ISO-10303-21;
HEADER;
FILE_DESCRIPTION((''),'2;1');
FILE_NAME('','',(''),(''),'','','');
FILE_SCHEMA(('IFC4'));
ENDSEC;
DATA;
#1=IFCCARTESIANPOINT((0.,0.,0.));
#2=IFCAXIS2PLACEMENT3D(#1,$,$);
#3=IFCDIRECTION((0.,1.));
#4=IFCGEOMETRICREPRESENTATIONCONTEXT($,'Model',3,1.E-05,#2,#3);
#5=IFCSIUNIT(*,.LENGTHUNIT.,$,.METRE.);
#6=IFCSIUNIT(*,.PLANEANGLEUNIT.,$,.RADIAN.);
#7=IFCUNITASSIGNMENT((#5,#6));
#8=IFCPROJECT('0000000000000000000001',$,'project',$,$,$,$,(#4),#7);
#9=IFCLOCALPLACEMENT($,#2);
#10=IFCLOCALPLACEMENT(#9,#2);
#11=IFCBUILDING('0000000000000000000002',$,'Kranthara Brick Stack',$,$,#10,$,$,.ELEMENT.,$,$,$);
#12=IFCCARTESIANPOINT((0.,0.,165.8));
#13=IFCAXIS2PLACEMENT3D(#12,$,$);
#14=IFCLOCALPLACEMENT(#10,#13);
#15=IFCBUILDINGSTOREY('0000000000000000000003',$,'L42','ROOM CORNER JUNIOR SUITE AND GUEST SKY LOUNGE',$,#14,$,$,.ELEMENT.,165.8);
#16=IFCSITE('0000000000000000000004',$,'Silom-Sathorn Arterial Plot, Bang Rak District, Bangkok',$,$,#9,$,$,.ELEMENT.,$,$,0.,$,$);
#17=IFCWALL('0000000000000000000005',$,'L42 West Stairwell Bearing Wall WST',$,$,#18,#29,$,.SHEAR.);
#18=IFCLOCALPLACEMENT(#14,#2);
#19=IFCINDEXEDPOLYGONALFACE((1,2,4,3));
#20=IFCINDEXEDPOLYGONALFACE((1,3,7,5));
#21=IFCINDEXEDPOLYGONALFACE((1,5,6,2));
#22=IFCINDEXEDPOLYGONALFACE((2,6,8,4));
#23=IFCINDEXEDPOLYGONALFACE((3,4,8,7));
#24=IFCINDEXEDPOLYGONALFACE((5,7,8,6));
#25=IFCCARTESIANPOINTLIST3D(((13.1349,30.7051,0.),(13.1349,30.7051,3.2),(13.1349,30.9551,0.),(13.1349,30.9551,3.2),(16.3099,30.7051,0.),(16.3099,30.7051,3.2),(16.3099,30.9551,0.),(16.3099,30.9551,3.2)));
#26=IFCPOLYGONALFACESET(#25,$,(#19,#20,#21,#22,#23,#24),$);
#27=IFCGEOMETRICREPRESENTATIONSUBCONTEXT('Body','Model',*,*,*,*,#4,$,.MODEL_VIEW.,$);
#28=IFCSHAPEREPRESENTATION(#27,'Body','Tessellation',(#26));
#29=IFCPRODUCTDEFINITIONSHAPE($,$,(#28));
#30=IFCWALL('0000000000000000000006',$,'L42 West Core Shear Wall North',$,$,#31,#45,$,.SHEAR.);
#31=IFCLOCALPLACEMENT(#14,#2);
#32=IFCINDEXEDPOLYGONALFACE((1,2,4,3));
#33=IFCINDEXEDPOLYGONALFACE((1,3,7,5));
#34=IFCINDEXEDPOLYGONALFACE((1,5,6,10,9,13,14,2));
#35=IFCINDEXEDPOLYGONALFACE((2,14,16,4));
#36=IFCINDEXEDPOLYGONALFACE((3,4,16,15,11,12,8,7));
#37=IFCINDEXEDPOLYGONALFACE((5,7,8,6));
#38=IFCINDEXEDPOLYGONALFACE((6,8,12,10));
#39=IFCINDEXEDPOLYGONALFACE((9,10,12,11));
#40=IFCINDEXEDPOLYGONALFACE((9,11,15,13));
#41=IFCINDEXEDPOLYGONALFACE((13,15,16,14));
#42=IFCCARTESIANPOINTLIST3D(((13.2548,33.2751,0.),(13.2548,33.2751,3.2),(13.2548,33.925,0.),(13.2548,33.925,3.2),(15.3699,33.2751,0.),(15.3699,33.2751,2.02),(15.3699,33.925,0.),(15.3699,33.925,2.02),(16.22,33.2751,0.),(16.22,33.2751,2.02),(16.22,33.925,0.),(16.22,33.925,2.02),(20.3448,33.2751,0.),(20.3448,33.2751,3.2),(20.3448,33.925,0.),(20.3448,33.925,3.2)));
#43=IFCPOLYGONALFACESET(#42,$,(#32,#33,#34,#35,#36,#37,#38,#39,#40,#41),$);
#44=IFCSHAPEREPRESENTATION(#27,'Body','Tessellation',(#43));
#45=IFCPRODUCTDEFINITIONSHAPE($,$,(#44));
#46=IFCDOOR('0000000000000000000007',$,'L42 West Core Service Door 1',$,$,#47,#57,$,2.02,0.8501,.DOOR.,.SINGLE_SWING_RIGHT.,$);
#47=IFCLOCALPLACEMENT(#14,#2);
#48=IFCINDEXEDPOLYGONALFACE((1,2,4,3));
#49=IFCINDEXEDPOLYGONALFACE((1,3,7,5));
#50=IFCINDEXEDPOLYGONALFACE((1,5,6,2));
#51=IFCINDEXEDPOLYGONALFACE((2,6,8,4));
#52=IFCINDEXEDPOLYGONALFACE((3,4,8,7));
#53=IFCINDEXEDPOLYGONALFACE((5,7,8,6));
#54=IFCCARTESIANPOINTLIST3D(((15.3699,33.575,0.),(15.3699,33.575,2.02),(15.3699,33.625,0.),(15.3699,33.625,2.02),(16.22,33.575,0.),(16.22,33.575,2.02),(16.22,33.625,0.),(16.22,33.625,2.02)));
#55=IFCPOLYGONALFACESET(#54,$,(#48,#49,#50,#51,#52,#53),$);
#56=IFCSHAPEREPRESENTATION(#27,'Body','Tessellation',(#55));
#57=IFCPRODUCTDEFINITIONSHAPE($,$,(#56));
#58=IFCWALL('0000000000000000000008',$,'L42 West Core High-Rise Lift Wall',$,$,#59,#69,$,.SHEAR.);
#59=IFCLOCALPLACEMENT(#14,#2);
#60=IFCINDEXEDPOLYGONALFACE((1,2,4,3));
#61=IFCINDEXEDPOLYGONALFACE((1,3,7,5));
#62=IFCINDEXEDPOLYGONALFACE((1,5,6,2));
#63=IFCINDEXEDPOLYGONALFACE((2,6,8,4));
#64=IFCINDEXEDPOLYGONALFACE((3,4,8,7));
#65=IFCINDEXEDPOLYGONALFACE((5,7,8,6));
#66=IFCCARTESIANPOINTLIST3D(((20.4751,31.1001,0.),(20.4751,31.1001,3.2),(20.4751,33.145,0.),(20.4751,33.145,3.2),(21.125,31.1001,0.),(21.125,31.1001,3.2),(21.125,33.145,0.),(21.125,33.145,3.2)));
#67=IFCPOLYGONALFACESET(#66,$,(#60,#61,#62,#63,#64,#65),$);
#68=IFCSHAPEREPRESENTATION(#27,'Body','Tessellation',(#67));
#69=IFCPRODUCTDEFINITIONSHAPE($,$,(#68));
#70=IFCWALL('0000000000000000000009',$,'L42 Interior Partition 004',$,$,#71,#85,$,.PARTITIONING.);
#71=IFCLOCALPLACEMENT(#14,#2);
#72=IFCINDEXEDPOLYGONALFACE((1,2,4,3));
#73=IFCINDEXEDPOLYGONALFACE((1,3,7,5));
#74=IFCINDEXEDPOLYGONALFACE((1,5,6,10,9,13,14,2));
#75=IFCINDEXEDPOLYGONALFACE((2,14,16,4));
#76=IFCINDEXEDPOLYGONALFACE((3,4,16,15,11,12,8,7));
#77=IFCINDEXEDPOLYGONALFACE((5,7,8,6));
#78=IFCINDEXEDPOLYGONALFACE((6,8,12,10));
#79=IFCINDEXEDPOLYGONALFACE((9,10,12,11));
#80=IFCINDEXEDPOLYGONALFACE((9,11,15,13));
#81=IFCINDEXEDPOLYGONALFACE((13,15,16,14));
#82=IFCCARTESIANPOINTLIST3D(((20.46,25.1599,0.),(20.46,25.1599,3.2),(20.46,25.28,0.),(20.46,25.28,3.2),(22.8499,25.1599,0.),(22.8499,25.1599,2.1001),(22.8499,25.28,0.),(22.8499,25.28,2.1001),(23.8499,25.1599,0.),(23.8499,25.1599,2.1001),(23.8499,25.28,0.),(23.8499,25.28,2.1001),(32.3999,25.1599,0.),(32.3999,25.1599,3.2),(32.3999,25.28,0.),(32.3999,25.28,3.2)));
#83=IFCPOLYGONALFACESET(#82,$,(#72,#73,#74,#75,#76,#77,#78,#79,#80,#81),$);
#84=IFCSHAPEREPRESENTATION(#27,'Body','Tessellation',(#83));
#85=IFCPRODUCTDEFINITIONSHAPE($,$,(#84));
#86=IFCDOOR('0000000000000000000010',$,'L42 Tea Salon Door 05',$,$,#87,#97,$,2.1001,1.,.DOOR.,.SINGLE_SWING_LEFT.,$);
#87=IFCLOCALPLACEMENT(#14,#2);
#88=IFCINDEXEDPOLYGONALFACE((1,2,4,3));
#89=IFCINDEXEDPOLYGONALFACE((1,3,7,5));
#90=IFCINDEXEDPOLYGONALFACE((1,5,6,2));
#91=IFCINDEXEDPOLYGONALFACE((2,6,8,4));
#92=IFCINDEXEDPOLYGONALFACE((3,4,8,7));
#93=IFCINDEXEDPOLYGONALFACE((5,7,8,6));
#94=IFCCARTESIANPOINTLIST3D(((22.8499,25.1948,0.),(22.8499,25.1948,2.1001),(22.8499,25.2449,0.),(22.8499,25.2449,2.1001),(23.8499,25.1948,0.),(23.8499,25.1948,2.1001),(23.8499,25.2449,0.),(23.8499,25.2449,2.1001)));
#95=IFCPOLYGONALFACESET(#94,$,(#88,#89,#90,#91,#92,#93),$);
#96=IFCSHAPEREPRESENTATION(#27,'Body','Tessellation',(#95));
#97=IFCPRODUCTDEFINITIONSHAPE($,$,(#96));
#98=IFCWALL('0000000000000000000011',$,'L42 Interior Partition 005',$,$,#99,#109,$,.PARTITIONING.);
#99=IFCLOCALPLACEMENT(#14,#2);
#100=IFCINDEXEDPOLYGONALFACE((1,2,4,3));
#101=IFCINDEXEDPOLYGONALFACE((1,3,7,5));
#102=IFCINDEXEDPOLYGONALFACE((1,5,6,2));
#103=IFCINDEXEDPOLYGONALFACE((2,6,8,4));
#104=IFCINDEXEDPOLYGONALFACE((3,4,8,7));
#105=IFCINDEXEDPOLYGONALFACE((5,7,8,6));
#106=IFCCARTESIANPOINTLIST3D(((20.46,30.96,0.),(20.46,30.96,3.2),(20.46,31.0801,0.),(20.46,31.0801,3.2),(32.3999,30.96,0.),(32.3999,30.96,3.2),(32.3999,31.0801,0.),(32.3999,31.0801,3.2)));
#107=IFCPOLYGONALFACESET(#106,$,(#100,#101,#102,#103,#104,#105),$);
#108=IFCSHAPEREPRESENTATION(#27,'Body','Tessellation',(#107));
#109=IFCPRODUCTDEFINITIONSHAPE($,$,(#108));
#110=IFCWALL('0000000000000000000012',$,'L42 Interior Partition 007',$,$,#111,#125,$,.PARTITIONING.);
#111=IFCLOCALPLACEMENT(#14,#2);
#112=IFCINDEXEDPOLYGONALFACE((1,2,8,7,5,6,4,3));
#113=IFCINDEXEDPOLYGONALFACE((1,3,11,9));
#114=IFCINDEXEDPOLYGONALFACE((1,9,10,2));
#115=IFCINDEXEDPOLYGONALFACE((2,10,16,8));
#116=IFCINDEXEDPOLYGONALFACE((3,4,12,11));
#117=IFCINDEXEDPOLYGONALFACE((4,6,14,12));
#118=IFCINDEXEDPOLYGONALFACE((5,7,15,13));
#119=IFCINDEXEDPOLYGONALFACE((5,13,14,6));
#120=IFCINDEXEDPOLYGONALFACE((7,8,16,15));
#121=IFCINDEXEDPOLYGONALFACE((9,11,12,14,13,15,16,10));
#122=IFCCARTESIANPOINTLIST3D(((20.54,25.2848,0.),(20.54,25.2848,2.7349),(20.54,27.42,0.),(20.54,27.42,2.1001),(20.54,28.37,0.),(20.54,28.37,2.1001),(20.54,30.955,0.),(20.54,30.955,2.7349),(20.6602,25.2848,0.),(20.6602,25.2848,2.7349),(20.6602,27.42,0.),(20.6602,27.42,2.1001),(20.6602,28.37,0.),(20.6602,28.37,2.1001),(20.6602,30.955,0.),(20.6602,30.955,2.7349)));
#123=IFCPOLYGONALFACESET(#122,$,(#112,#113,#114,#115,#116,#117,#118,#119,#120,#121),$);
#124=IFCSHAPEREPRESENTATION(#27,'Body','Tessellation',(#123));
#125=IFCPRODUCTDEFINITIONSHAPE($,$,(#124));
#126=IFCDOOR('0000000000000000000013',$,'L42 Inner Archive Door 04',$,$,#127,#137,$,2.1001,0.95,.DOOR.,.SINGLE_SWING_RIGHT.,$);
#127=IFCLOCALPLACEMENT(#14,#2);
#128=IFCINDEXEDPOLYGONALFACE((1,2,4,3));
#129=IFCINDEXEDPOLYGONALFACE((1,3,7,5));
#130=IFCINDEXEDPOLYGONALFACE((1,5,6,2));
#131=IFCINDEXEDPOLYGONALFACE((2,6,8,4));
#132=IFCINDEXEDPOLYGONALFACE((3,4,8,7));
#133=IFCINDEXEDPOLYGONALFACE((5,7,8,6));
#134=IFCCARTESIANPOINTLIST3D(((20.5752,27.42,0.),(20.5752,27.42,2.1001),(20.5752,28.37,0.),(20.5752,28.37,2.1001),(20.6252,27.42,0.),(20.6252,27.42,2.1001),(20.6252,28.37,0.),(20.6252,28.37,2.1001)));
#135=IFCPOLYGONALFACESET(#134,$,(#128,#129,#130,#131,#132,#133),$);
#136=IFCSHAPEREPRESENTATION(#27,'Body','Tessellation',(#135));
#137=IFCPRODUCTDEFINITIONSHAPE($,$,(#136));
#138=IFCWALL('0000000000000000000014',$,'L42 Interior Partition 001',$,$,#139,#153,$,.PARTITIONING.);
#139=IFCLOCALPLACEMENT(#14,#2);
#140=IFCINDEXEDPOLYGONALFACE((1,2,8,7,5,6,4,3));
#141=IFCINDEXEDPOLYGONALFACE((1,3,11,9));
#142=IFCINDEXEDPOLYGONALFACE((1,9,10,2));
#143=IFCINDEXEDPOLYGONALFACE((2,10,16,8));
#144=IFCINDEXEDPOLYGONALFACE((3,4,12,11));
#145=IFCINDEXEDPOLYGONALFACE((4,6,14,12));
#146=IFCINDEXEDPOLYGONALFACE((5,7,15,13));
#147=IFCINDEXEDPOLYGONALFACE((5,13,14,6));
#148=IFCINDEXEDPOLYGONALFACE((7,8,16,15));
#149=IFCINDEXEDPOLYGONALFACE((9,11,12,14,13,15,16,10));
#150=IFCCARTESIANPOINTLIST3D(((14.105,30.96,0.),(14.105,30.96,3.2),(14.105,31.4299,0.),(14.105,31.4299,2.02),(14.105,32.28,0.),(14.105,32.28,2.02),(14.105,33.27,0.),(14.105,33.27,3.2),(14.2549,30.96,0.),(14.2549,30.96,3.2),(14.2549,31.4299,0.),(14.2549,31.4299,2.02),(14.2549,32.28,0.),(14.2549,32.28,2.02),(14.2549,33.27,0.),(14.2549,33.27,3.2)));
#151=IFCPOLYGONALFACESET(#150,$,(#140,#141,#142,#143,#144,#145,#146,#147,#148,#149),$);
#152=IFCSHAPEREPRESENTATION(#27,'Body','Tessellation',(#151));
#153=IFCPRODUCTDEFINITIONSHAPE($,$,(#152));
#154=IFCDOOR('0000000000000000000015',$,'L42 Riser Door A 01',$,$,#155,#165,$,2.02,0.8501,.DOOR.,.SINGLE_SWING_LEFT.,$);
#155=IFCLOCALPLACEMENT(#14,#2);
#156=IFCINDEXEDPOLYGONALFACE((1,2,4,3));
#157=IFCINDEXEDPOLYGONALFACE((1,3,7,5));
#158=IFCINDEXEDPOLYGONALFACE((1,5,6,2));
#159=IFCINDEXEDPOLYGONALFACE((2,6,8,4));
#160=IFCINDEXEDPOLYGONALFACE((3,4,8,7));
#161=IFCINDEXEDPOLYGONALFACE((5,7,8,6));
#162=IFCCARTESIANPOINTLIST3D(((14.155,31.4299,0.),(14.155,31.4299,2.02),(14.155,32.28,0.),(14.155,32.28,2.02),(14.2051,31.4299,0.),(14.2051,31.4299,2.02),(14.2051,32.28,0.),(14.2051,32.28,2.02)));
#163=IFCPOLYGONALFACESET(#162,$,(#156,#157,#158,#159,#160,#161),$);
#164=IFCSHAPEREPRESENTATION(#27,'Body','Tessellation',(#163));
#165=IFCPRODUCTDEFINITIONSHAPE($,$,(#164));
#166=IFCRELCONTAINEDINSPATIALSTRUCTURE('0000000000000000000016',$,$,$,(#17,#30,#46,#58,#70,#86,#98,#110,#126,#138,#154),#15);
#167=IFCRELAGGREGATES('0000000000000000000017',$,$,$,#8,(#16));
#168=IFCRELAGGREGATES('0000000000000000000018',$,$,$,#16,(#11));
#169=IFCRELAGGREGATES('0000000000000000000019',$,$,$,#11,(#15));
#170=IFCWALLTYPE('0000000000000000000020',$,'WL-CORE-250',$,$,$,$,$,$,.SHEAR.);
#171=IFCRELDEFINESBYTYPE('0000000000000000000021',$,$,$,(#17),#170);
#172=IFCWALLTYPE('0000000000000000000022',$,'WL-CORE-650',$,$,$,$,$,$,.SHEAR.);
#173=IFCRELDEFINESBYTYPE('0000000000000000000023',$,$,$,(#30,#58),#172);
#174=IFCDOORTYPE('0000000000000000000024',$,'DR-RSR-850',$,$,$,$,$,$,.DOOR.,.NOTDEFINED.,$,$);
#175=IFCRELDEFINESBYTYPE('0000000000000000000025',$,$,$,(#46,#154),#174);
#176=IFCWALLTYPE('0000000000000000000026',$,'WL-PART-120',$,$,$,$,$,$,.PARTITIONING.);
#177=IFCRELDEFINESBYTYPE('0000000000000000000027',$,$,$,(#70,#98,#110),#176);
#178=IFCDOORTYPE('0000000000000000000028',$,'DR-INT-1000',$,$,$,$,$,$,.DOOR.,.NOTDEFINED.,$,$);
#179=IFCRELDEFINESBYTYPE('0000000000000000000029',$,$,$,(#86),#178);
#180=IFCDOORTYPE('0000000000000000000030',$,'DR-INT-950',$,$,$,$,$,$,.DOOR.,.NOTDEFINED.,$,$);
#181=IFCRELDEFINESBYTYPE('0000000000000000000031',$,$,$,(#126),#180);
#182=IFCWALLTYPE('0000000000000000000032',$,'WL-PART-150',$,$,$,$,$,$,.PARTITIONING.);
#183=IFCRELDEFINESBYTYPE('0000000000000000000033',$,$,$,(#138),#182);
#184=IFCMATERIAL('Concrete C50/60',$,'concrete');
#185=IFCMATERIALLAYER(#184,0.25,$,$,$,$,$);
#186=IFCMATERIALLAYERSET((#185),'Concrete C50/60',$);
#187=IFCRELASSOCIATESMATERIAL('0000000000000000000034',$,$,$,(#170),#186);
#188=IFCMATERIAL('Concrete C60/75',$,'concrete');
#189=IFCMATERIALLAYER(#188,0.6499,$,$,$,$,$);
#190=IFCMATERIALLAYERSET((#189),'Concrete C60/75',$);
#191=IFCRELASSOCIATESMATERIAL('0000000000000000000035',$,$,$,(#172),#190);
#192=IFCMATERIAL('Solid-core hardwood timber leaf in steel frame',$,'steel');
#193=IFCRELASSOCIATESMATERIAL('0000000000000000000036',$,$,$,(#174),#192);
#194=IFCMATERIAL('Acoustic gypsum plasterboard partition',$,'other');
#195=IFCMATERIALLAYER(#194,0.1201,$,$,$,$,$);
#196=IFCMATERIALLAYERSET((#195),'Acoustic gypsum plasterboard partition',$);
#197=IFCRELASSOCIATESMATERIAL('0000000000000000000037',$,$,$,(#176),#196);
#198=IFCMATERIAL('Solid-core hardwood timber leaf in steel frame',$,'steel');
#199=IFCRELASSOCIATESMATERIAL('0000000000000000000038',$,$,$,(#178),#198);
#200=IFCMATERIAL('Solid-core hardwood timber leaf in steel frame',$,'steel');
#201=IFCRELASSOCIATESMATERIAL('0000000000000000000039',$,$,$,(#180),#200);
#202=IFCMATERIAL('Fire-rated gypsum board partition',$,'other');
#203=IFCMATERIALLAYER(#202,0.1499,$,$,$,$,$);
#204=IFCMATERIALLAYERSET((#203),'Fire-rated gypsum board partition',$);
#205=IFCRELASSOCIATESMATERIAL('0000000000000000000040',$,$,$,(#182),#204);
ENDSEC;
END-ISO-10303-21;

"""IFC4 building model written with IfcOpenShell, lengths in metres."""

from ifc_helpers import new_model, si_unit, direction, frame, frame_2d, origin, place, context, subcontext, project, spatial, rectangle, extrude, material, layer, layer_set, type_object, element, fill, save


model = new_model("IFC4")

# Units and contexts
model_context = context("Model", 3, precision=1e-05, world=origin(), true_north=direction((0.0, 1.0)))
body_context = subcontext(model_context, "Body", "Model", "MODEL_VIEW")
ifc_project = project(units=[si_unit("LENGTHUNIT", "METRE"), si_unit("PLANEANGLEUNIT", "RADIAN")], contexts=[model_context])

# Site, building, storey
site_placement = place(None, origin())
site = spatial("IfcSite", under=ifc_project, at=site_placement, Name="Silom-Sathorn Arterial Plot, Bang Rak District, Bangkok", CompositionType="ELEMENT", RefElevation=0.0)
building_placement = place(site_placement, origin())
building = spatial("IfcBuilding", under=site, at=building_placement, Name="Kranthara Brick Stack", CompositionType="ELEMENT")
storey_placement = place(building_placement, frame((0.0, 0.0, 165.8)))
storey = spatial("IfcBuildingStorey", under=building, at=storey_placement, Name="L42", Description="ROOM CORNER JUNIOR SUITE AND GUEST SKY LOUNGE", CompositionType="ELEMENT", Elevation=165.8)

# Wall
ifc_material_1 = material(Name="Concrete C50/60", Category="concrete")
ifc_layer_1 = layer(ifc_material_1, 0.25)
ifc_layer_set_1 = layer_set([ifc_layer_1], Name="Concrete C50/60")
wall_type_1 = type_object("IfcWallType", Name="WL-CORE-250", PredefinedType="SHEAR", material=ifc_layer_set_1)
wall_1_placement = place(storey_placement, frame((13.135, 30.8301, 0.0), z_axis=(0.0, 0.0, 1.0), x_axis=(1.0, 0.0, 0.0)))
element("IfcWall", 1, at=wall_1_placement, inside=storey, type_object=wall_type_1, Name="L42 West Stairwell Bearing Wall WST", PredefinedType="SHEAR", context=body_context, shape_type="SweptSolid", body=[
    extrude(rectangle(XDim=3.175, YDim=0.25, at=frame_2d((1.5874, 0.0))), origin(), (0.0, 0.0, 1.0), 3.2),
])

# Wall, opening, door
ifc_material_2 = material(Name="Concrete C60/75", Category="concrete")
ifc_layer_2 = layer(ifc_material_2, 0.6499)
ifc_layer_set_2 = layer_set([ifc_layer_2], Name="Concrete C60/75")
wall_type_2 = type_object("IfcWallType", Name="WL-CORE-650", PredefinedType="SHEAR", material=ifc_layer_set_2)
wall_2_placement = place(storey_placement, frame((13.2549, 33.6001, 0.0), z_axis=(0.0, 0.0, 1.0), x_axis=(1.0, 0.0, 0.0)))
wall_2 = element("IfcWall", 2, at=wall_2_placement, inside=storey, type_object=wall_type_2, Name="L42 West Core Shear Wall North", PredefinedType="SHEAR", context=body_context, shape_type="SweptSolid", body=[
    extrude(rectangle(XDim=7.0901, YDim=0.6499, at=frame_2d((3.5449, 0.0))), origin(), (0.0, 0.0, 1.0), 3.2),
])
opening_1_placement = place(wall_2_placement, frame((2.115, 0.0, 0.0)))
opening_1 = element("IfcOpeningElement", 3, at=opening_1_placement, cuts=wall_2, PredefinedType="OPENING", context=body_context, shape_type="SweptSolid", body=[
    extrude(rectangle(XDim=0.8501, YDim=2.02, at=frame_2d((0.425, 1.01))), frame((0.0, 0.335, 0.0), z_axis=(0.0, -1.0, 0.0), x_axis=(1.0, 0.0, 0.0)), (0.0, 0.0, 1.0), 0.6699),
])
ifc_material_3 = material(Name="Solid-core hardwood timber leaf in steel frame", Category="steel")
door_type_1 = type_object("IfcDoorType", Name="DR-RSR-850", OperationType="NOTDEFINED", PredefinedType="DOOR", material=ifc_material_3)
door_1_placement = place(opening_1_placement, origin())
door_1 = element("IfcDoor", 4, at=door_1_placement, inside=storey, type_object=door_type_1, Name="L42 West Core Service Door 1", OperationType="SINGLE_SWING_RIGHT", OverallHeight=2.02, OverallWidth=0.8501, PredefinedType="DOOR", context=body_context, shape_type="SweptSolid", body=[
    extrude(rectangle(XDim=0.8501, YDim=2.02, at=frame_2d((0.425, 1.01))), frame((0.0, 0.0249, 0.0), z_axis=(0.0, -1.0, 0.0), x_axis=(1.0, 0.0, 0.0)), (0.0, 0.0, 1.0), 0.05),
])
fill(opening_1, door_1)

# Wall
wall_3_placement = place(storey_placement, frame((20.8, 31.1001, 0.0), z_axis=(0.0, 0.0, 1.0), x_axis=(0.0, 1.0, 0.0)))
element("IfcWall", 5, at=wall_3_placement, inside=storey, type_object=wall_type_2, Name="L42 West Core High-Rise Lift Wall", PredefinedType="SHEAR", context=body_context, shape_type="SweptSolid", body=[
    extrude(rectangle(XDim=2.0449, YDim=0.6499, at=frame_2d((1.0225, 0.0))), origin(), (0.0, 0.0, 1.0), 3.2),
])

# Wall, opening, door
ifc_material_4 = material(Name="Acoustic gypsum plasterboard partition", Category="other")
ifc_layer_3 = layer(ifc_material_4, 0.1201)
ifc_layer_set_3 = layer_set([ifc_layer_3], Name="Acoustic gypsum plasterboard partition")
wall_type_3 = type_object("IfcWallType", Name="WL-PART-120", PredefinedType="PARTITIONING", material=ifc_layer_set_3)
wall_4_placement = place(storey_placement, frame((20.46, 25.22, 0.0), z_axis=(0.0, 0.0, 1.0), x_axis=(1.0, 0.0, 0.0)))
wall_4 = element("IfcWall", 6, at=wall_4_placement, inside=storey, type_object=wall_type_3, Name="L42 Interior Partition 004", PredefinedType="PARTITIONING", context=body_context, shape_type="SweptSolid", body=[
    extrude(rectangle(XDim=11.9399, YDim=0.1201, at=frame_2d((5.97, 0.0))), origin(), (0.0, 0.0, 1.0), 3.2),
])
opening_2_placement = place(wall_4_placement, frame((2.3899, 0.0, 0.0)))
opening_2 = element("IfcOpeningElement", 7, at=opening_2_placement, cuts=wall_4, PredefinedType="OPENING", context=body_context, shape_type="SweptSolid", body=[
    extrude(rectangle(XDim=1.0, YDim=2.1001, at=frame_2d((0.5, 1.05))), frame((0.0, 0.0701, 0.0), z_axis=(0.0, -1.0, 0.0), x_axis=(1.0, 0.0, 0.0)), (0.0, 0.0, 1.0), 0.1401),
])
ifc_material_5 = material(Name="Solid-core hardwood timber leaf in steel frame", Category="steel")
door_type_2 = type_object("IfcDoorType", Name="DR-INT-1000", OperationType="NOTDEFINED", PredefinedType="DOOR", material=ifc_material_5)
door_2_placement = place(opening_2_placement, origin())
door_2 = element("IfcDoor", 8, at=door_2_placement, inside=storey, type_object=door_type_2, Name="L42 Tea Salon Door 05", OperationType="SINGLE_SWING_LEFT", OverallHeight=2.1001, OverallWidth=1.0, PredefinedType="DOOR", context=body_context, shape_type="SweptSolid", body=[
    extrude(rectangle(XDim=1.0, YDim=2.1001, at=frame_2d((0.5, 1.05))), frame((0.0, 0.0249, 0.0), z_axis=(0.0, -1.0, 0.0), x_axis=(1.0, 0.0, 0.0)), (0.0, 0.0, 1.0), 0.05),
])
fill(opening_2, door_2)

# Wall
wall_5_placement = place(storey_placement, frame((20.46, 31.02, 0.0), z_axis=(0.0, 0.0, 1.0), x_axis=(1.0, 0.0, 0.0)))
element("IfcWall", 9, at=wall_5_placement, inside=storey, type_object=wall_type_3, Name="L42 Interior Partition 005", PredefinedType="PARTITIONING", context=body_context, shape_type="SweptSolid", body=[
    extrude(rectangle(XDim=11.9399, YDim=0.1201, at=frame_2d((5.97, 0.0))), origin(), (0.0, 0.0, 1.0), 3.2),
])

# Walls, openings, doors
wall_6_placement = place(storey_placement, frame((20.6001, 25.2849, 0.0), z_axis=(0.0, 0.0, 1.0), x_axis=(0.0, 1.0, 0.0)))
wall_6 = element("IfcWall", 10, at=wall_6_placement, inside=storey, type_object=wall_type_3, Name="L42 Interior Partition 007", PredefinedType="PARTITIONING", context=body_context, shape_type="SweptSolid", body=[
    extrude(rectangle(XDim=5.6702, YDim=0.1201, at=frame_2d((2.835, 0.0))), origin(), (0.0, 0.0, 1.0), 2.7349),
])
opening_3_placement = place(wall_6_placement, frame((2.135, 0.0, 0.0)))
opening_3 = element("IfcOpeningElement", 11, at=opening_3_placement, cuts=wall_6, PredefinedType="OPENING", context=body_context, shape_type="SweptSolid", body=[
    extrude(rectangle(XDim=0.95, YDim=2.1001, at=frame_2d((0.4751, 1.05))), frame((0.0, 0.0701, 0.0), z_axis=(0.0, -1.0, 0.0), x_axis=(1.0, 0.0, 0.0)), (0.0, 0.0, 1.0), 0.1401),
])
ifc_material_6 = material(Name="Solid-core hardwood timber leaf in steel frame", Category="steel")
door_type_3 = type_object("IfcDoorType", Name="DR-INT-950", OperationType="NOTDEFINED", PredefinedType="DOOR", material=ifc_material_6)
door_3_placement = place(opening_3_placement, origin())
door_3 = element("IfcDoor", 12, at=door_3_placement, inside=storey, type_object=door_type_3, Name="L42 Inner Archive Door 04", OperationType="SINGLE_SWING_RIGHT", OverallHeight=2.1001, OverallWidth=0.95, PredefinedType="DOOR", context=body_context, shape_type="SweptSolid", body=[
    extrude(rectangle(XDim=0.95, YDim=2.1001, at=frame_2d((0.4751, 1.05))), frame((0.0, 0.0249, 0.0), z_axis=(0.0, -1.0, 0.0), x_axis=(1.0, 0.0, 0.0)), (0.0, 0.0, 1.0), 0.05),
])
fill(opening_3, door_3)
ifc_material_7 = material(Name="Fire-rated gypsum board partition", Category="other")
ifc_layer_4 = layer(ifc_material_7, 0.1499)
ifc_layer_set_4 = layer_set([ifc_layer_4], Name="Fire-rated gypsum board partition")
wall_type_4 = type_object("IfcWallType", Name="WL-PART-150", PredefinedType="PARTITIONING", material=ifc_layer_set_4)
wall_7_placement = place(storey_placement, frame((14.1799, 30.96, 0.0), z_axis=(0.0, 0.0, 1.0), x_axis=(0.0, 1.0, 0.0)))
wall_7 = element("IfcWall", 13, at=wall_7_placement, inside=storey, type_object=wall_type_4, Name="L42 Interior Partition 001", PredefinedType="PARTITIONING", context=body_context, shape_type="SweptSolid", body=[
    extrude(rectangle(XDim=2.3101, YDim=0.1499, at=frame_2d((1.155, 0.0))), origin(), (0.0, 0.0, 1.0), 3.2),
])
opening_4_placement = place(wall_7_placement, frame((0.47, 0.0, 0.0)))
opening_4 = element("IfcOpeningElement", 14, at=opening_4_placement, cuts=wall_7, PredefinedType="OPENING", context=body_context, shape_type="SweptSolid", body=[
    extrude(rectangle(XDim=0.8501, YDim=2.02, at=frame_2d((0.425, 1.01))), frame((0.0, 0.085, 0.0), z_axis=(0.0, -1.0, 0.0), x_axis=(1.0, 0.0, 0.0)), (0.0, 0.0, 1.0), 0.1699),
])
door_4_placement = place(opening_4_placement, origin())
door_4 = element("IfcDoor", 15, at=door_4_placement, inside=storey, type_object=door_type_1, Name="L42 Riser Door A 01", OperationType="SINGLE_SWING_LEFT", OverallHeight=2.02, OverallWidth=0.8501, PredefinedType="DOOR", context=body_context, shape_type="SweptSolid", body=[
    extrude(rectangle(XDim=0.8501, YDim=2.02, at=frame_2d((0.425, 1.01))), frame((0.0, 0.0249, 0.0), z_axis=(0.0, -1.0, 0.0), x_axis=(1.0, 0.0, 0.0)), (0.0, 0.0, 1.0), 0.05),
])
fill(opening_4, door_4)

save(model, "model.ifc")
